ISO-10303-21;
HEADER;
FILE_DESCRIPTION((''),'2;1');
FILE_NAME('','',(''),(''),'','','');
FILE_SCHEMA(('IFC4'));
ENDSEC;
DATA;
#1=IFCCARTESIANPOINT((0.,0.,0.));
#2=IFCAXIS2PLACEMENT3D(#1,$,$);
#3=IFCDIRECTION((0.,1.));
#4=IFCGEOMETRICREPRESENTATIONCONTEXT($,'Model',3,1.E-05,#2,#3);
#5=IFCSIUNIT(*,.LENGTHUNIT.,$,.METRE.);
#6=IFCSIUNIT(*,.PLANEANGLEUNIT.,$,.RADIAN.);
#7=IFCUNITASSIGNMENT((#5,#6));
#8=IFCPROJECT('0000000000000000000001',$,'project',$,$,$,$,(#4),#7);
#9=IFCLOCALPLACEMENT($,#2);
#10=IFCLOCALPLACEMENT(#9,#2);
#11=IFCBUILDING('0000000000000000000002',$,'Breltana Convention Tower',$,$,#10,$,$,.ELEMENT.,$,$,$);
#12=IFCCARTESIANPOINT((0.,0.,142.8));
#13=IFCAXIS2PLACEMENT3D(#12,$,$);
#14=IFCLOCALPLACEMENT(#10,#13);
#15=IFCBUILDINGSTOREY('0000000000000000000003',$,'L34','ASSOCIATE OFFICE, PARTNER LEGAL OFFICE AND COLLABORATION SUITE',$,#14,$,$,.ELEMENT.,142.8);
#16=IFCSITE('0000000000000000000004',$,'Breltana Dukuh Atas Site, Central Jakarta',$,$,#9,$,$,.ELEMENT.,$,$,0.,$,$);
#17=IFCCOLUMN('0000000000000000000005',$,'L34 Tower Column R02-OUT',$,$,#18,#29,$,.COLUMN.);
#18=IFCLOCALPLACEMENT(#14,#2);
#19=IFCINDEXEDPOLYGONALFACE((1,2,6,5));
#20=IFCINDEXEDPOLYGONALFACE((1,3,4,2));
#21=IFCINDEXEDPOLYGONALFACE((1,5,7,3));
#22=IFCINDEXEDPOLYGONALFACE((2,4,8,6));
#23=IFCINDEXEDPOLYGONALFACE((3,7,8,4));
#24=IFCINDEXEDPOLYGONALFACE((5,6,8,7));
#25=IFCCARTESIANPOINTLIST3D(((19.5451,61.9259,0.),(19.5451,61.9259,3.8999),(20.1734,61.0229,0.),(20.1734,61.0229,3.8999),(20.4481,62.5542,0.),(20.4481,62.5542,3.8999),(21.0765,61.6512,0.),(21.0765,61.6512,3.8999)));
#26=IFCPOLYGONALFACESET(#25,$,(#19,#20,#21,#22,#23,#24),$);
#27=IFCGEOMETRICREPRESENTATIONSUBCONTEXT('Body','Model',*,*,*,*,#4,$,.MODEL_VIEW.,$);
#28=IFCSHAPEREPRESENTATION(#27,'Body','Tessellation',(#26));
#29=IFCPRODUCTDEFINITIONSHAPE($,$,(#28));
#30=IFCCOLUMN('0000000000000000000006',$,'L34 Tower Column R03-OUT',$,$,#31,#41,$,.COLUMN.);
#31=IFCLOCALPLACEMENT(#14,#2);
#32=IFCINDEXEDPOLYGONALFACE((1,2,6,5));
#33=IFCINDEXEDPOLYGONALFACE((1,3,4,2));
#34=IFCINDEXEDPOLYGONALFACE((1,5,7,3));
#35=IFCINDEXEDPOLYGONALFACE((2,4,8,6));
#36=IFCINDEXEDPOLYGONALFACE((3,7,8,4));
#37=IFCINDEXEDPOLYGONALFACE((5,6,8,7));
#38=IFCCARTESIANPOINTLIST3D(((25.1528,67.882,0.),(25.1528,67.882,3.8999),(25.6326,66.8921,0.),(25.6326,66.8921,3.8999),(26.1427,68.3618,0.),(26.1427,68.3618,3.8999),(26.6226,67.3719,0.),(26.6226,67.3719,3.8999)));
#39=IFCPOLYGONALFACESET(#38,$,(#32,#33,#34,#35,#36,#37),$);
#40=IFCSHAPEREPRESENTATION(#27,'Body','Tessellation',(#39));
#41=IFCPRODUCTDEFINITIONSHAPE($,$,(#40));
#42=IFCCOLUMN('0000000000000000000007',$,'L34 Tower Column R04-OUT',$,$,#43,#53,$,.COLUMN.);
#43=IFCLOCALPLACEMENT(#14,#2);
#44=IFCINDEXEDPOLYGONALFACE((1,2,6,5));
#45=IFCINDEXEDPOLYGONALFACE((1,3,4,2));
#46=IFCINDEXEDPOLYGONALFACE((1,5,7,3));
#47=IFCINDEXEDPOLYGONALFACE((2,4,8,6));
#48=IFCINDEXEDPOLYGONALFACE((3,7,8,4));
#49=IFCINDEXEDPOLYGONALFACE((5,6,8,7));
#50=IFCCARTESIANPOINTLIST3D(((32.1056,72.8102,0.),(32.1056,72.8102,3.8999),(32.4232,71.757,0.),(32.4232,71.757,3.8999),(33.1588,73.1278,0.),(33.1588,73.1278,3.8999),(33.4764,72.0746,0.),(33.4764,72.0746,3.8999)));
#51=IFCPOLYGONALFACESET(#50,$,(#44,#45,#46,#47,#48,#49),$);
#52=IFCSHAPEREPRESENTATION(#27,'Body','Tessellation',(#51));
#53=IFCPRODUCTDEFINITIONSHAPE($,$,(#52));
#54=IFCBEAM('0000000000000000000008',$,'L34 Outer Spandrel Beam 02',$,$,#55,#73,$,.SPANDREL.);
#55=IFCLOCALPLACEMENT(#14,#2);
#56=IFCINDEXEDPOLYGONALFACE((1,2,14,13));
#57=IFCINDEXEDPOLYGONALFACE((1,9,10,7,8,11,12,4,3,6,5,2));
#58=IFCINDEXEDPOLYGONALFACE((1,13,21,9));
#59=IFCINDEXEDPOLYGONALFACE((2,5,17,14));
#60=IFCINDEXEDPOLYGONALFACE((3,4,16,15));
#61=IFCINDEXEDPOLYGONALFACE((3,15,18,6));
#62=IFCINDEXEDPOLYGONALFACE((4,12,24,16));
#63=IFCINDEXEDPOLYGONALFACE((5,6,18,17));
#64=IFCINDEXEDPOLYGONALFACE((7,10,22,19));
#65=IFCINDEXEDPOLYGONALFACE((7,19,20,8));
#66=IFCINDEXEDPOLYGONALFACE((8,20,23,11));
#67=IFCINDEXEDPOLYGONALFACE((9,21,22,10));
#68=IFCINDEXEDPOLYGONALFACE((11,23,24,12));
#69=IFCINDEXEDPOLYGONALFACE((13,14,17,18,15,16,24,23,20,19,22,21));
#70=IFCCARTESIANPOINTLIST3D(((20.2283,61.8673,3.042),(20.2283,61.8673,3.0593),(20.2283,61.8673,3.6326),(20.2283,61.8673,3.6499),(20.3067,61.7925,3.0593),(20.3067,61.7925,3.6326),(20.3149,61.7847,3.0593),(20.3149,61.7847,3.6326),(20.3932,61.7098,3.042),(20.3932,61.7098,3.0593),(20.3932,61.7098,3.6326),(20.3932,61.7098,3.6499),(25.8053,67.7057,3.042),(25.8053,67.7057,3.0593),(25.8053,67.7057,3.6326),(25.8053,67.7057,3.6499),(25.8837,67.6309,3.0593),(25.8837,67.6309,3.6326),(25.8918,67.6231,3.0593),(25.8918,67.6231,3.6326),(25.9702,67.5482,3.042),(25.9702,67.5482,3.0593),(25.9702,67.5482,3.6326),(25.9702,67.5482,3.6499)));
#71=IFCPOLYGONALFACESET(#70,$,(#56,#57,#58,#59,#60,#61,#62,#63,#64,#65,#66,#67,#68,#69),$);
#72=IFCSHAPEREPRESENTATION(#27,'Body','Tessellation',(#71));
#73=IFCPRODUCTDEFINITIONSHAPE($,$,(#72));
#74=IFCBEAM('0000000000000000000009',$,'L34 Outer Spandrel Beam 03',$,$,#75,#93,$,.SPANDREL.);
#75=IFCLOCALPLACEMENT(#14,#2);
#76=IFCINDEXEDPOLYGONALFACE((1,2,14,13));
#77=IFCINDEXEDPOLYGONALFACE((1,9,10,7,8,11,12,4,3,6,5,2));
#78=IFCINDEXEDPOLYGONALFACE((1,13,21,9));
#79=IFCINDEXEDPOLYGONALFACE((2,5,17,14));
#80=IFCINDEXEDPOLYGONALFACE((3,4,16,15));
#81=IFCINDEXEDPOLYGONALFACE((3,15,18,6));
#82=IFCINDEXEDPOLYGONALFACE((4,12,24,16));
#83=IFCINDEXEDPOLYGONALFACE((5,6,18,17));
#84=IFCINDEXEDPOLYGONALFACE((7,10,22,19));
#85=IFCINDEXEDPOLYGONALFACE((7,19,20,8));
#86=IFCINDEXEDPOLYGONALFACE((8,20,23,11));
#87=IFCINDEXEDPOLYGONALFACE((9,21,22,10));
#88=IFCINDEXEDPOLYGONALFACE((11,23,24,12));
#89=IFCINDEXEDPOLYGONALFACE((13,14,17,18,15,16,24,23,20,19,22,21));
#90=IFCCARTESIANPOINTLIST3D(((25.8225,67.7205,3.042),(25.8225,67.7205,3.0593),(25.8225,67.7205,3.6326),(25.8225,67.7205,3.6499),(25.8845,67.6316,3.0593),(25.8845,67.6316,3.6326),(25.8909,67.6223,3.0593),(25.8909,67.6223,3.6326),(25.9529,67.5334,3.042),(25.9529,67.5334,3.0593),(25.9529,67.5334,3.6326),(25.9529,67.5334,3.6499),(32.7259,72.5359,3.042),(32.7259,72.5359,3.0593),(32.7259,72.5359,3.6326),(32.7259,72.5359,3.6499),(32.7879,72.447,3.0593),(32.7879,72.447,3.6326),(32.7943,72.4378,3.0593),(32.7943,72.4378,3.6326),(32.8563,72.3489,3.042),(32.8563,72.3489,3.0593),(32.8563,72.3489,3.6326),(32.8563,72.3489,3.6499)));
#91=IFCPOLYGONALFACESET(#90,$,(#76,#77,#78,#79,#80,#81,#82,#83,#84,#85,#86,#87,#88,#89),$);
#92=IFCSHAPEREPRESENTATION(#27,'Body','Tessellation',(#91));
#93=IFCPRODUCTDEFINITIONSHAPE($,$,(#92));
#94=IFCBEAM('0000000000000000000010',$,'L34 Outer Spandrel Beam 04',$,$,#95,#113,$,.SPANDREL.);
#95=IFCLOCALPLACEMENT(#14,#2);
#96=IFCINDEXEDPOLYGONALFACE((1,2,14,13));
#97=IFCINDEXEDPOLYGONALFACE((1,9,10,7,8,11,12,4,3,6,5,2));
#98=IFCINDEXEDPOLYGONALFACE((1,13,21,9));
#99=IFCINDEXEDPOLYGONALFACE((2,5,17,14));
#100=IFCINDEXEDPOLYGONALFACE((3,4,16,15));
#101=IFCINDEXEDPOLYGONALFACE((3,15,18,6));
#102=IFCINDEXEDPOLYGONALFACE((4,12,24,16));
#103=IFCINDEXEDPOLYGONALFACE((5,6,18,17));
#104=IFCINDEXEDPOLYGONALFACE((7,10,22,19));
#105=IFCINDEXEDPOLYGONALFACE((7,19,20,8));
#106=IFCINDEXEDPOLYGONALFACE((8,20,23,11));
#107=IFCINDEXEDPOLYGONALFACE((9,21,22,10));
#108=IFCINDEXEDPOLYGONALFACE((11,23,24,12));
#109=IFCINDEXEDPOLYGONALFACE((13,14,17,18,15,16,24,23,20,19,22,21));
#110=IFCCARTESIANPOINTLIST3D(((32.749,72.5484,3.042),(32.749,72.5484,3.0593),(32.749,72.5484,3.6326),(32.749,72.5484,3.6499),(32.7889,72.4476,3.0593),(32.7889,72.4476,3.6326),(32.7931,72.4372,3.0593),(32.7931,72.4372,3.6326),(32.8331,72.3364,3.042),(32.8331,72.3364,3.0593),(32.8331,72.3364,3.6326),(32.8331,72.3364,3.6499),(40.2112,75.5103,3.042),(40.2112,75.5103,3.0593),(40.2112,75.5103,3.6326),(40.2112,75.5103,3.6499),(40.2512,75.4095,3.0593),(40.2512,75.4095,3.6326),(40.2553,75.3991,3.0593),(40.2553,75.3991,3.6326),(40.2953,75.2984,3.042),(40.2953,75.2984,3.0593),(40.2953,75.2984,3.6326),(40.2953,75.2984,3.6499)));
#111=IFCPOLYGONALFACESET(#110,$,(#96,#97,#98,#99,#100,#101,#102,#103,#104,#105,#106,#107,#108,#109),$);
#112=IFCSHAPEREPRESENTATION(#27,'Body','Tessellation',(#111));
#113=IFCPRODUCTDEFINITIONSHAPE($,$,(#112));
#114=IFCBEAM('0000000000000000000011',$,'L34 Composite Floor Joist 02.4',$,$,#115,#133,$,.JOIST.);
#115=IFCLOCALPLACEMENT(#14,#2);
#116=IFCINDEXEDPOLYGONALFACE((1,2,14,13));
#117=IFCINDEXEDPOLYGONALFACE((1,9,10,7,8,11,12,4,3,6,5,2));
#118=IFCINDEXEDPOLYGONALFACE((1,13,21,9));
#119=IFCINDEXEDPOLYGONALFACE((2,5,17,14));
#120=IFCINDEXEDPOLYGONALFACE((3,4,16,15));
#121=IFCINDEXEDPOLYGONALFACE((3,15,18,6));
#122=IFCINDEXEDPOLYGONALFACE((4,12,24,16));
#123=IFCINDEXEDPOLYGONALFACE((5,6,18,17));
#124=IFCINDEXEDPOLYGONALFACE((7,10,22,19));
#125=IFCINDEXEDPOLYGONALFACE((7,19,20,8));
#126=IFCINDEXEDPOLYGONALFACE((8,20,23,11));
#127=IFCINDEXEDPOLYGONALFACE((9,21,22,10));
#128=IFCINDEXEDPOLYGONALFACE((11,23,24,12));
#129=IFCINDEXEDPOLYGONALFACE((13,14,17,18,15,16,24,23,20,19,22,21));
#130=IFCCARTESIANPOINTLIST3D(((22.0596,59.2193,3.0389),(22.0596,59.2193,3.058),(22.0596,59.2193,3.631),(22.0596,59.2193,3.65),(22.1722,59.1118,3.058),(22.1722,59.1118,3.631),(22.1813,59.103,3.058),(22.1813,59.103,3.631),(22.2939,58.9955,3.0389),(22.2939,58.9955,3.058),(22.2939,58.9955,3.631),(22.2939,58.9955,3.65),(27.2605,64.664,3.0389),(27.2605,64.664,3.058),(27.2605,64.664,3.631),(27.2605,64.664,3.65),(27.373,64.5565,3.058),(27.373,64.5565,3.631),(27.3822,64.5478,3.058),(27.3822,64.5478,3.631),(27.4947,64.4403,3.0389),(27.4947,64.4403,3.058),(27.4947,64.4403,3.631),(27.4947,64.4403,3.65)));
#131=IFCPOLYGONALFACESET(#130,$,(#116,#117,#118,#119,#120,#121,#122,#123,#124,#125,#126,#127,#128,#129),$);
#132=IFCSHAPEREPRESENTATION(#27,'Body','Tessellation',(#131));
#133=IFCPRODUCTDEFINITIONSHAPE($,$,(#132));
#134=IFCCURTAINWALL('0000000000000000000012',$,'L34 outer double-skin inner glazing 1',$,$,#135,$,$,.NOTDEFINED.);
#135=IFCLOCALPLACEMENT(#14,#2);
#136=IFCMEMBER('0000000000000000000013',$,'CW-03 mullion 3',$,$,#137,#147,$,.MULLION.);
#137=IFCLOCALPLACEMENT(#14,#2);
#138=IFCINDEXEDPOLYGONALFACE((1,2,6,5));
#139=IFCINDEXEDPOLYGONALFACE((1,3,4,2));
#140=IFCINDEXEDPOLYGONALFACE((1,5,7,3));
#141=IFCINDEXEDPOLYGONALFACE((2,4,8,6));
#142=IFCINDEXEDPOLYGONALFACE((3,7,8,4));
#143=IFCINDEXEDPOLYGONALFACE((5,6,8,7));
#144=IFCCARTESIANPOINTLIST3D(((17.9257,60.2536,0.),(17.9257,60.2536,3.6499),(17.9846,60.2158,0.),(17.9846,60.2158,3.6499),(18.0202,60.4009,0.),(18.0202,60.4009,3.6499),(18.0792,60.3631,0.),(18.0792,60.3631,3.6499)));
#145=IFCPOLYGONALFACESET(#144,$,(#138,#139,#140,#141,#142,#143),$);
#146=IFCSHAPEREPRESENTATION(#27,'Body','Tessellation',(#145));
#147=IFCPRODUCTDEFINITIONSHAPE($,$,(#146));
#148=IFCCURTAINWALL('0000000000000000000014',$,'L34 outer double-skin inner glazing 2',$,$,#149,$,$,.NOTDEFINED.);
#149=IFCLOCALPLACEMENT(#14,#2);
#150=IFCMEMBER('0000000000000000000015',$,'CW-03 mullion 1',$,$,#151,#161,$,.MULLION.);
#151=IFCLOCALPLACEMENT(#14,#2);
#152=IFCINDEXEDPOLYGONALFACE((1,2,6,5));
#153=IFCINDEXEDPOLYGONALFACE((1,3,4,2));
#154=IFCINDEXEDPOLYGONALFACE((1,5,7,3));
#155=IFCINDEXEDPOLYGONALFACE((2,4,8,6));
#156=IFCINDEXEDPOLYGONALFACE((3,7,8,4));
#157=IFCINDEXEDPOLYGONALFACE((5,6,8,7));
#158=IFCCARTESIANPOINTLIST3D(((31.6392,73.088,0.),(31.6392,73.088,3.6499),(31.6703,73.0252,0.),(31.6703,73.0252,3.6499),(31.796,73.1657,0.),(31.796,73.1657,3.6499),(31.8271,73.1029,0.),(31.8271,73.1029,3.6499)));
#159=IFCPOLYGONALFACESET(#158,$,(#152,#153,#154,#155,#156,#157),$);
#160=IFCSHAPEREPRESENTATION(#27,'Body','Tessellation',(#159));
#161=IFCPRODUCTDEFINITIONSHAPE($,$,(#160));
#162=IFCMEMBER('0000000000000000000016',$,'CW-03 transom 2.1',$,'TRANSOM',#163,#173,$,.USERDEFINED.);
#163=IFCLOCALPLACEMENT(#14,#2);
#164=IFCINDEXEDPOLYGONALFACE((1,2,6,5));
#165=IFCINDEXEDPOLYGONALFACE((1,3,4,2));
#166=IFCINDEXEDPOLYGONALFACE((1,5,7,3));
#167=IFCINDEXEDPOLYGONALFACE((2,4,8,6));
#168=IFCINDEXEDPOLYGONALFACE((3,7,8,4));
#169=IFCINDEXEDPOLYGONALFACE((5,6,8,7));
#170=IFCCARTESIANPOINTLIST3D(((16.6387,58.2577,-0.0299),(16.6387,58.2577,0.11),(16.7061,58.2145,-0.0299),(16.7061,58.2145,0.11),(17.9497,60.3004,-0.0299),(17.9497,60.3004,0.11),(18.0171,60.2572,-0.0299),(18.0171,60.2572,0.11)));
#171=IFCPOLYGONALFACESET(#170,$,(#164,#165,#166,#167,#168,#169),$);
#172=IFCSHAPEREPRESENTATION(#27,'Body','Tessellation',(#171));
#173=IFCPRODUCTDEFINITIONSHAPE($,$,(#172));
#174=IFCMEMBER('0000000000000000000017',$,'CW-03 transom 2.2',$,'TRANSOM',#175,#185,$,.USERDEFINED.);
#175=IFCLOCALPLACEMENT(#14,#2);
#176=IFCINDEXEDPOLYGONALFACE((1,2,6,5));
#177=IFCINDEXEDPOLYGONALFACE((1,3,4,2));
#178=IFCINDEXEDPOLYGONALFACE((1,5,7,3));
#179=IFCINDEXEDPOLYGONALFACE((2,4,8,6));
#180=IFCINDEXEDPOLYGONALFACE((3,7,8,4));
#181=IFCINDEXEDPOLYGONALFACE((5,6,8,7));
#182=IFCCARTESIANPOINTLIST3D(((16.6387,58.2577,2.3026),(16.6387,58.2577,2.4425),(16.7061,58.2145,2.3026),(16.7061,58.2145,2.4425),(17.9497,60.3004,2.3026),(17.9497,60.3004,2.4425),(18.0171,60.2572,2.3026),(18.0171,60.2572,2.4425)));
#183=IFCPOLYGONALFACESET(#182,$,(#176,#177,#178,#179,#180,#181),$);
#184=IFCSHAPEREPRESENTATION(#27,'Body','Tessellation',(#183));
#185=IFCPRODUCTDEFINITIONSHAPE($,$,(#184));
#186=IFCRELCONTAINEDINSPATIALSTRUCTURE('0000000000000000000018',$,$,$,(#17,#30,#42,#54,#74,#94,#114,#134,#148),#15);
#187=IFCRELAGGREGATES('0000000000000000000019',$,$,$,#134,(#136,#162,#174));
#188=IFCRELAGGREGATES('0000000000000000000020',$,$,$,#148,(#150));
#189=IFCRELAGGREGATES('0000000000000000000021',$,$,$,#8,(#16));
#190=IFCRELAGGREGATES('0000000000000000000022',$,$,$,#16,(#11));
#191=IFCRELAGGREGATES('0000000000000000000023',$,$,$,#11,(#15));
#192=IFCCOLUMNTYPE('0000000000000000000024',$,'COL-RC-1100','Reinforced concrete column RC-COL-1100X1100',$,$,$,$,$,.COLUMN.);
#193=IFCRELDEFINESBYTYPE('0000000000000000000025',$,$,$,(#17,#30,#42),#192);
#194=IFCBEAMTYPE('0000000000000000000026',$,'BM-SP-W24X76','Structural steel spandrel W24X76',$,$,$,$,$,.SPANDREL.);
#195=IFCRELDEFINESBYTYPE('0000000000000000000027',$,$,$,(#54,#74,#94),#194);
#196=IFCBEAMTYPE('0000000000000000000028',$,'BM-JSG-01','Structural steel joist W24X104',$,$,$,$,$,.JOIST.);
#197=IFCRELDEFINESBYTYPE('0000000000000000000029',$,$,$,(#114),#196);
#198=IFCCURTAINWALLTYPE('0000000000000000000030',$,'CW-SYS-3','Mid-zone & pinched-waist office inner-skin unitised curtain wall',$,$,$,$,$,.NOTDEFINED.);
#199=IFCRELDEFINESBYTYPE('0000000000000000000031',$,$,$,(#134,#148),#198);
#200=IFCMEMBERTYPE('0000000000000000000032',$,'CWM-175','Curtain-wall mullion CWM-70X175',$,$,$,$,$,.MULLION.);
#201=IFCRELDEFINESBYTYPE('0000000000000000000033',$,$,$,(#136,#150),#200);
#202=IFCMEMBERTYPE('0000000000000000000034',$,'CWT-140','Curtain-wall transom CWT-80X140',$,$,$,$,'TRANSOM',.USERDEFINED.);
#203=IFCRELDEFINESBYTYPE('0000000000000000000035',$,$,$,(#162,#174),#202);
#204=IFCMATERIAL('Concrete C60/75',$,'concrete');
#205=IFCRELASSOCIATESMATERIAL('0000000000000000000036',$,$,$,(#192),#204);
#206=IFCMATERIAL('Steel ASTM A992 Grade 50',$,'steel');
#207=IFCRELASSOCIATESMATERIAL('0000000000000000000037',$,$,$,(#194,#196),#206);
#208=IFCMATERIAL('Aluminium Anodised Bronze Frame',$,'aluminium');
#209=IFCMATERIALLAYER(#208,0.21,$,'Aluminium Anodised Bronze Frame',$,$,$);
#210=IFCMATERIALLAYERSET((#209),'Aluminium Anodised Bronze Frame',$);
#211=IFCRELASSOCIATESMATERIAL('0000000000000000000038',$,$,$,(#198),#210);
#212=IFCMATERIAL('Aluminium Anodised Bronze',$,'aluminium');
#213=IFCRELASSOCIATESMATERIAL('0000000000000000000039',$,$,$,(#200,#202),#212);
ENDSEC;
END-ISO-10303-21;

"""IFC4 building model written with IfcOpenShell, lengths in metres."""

from ifc_helpers import new_model, si_unit, direction, frame, origin, origin_2d, place, context, subcontext, project, spatial, rectangle, i_section, extrude, source, transform, mapped, material, layer, layer_set, material_profile, profile_set, type_object, element, aggregate, save


model = new_model("IFC4")

# Units and contexts
model_context = context("Model", 3, precision=1e-05, world=origin(), true_north=direction((0.0, 1.0)))
body_context = subcontext(model_context, "Body", "Model", "MODEL_VIEW")
ifc_project = project(units=[si_unit("LENGTHUNIT", "METRE"), si_unit("PLANEANGLEUNIT", "RADIAN")], contexts=[model_context])

# Site, building, storey
site_placement = place(None, origin())
site = spatial("IfcSite", under=ifc_project, at=site_placement, Name="Breltana Dukuh Atas Site, Central Jakarta", CompositionType="ELEMENT", RefElevation=0.0)
building_placement = place(site_placement, origin())
building = spatial("IfcBuilding", under=site, at=building_placement, Name="Breltana Convention Tower", CompositionType="ELEMENT")
storey_placement = place(building_placement, frame((0.0, 0.0, 142.8)))
storey = spatial("IfcBuildingStorey", under=building, at=storey_placement, Name="L34", Description="ASSOCIATE OFFICE, PARTNER LEGAL OFFICE AND COLLABORATION SUITE", CompositionType="ELEMENT", Elevation=142.8)

# Columns
ifc_material_1 = material(Name="Concrete C60/75", Category="concrete")
ifc_material_profile_1 = material_profile(ifc_material_1, rectangle(XDim=1.1001, YDim=1.1001, at=origin_2d()), Name="RC-COL-1100X1100")
ifc_profile_set_1 = profile_set([ifc_material_profile_1], Name="Concrete C60/75")
column_type = type_object("IfcColumnType", Name="COL-RC-1100", Description="Reinforced concrete column RC-COL-1100X1100", PredefinedType="COLUMN", material=ifc_profile_set_1)
shared_shape_1 = source(origin(), body_context, "Body", "SweptSolid", [
    extrude(rectangle(XDim=1.1001, YDim=1.1001, at=origin_2d()), origin(), (0.0, 0.0, 1.0), 3.8999),
])
for number, where, z_axis, x_axis, name in (
    (1, (20.3108, 61.7886, 0.0), (0.0, 0.0, 1.0), (-0.571143, 0.82085, 0.0), "L34 Tower Column R02-OUT"),
    (2, (25.8877, 67.627, 0.0), (0.0, 0.0, 1.0), (-0.436174, 0.899863, 0.0), "L34 Tower Column R03-OUT"),
    (3, (32.791, 72.4424, 0.0), (0.0, 0.0, 1.0), (-0.288698, 0.95742, 0.0), "L34 Tower Column R04-OUT"),
):
    element("IfcColumn", number, at=place(storey_placement, frame(where, z_axis=z_axis, x_axis=x_axis)), inside=storey, type_object=column_type, Name=name, PredefinedType="COLUMN", context=body_context, shape_type="MappedRepresentation", body=[
        mapped(shared_shape_1, transform((0.0, 0.0, 0.0), scale=1.0)),
    ])

# Beams
ifc_material_2 = material(Name="Steel ASTM A992 Grade 50", Category="steel")
ifc_material_profile_2 = material_profile(ifc_material_2, i_section(OverallWidth=0.228, OverallDepth=0.6079, WebThickness=0.0112, FlangeThickness=0.0173, at=origin_2d()), Name="W24X76")
ifc_profile_set_2 = profile_set([ifc_material_profile_2], Name="Steel ASTM A992 Grade 50")
beam_type_1 = type_object("IfcBeamType", Name="BM-SP-W24X76", Description="Structural steel spandrel W24X76", PredefinedType="SPANDREL", material=ifc_profile_set_2)
shared_shape_2 = source(origin(), body_context, "Body", "SweptSolid", [
    extrude(i_section(OverallWidth=0.228, OverallDepth=0.6079, WebThickness=0.0112, FlangeThickness=0.0173, at=origin_2d()), origin(), (0.0, 0.0, 1.0), 8.074),
])
beam_1_placement = place(storey_placement, frame((20.3108, 61.7886, 3.3459), z_axis=(0.690729, 0.723114, 0.0), x_axis=(-0.723114, 0.690729, 0.0)))
element("IfcBeam", 4, at=beam_1_placement, inside=storey, type_object=beam_type_1, Name="L34 Outer Spandrel Beam 02", PredefinedType="SPANDREL", context=body_context, shape_type="MappedRepresentation", body=[
    mapped(shared_shape_2, transform((0.0, 0.0, 0.0), scale=1.0)),
])
shared_shape_3 = source(origin(), body_context, "Body", "SweptSolid", [
    extrude(i_section(OverallWidth=0.228, OverallDepth=0.6079, WebThickness=0.0112, FlangeThickness=0.0173, at=origin_2d()), origin(), (0.0, 0.0, 1.0), 8.417),
])
beam_2_placement = place(storey_placement, frame((25.8877, 67.627, 3.3459), z_axis=(0.820174, 0.572114, 0.0), x_axis=(-0.572114, 0.820174, 0.0)))
element("IfcBeam", 5, at=beam_2_placement, inside=storey, type_object=beam_type_1, Name="L34 Outer Spandrel Beam 03", PredefinedType="SPANDREL", context=body_context, shape_type="MappedRepresentation", body=[
    mapped(shared_shape_3, transform((0.0, 0.0, 0.0), scale=1.0)),
])
shared_shape_4 = source(origin(), body_context, "Body", "SweptSolid", [
    extrude(i_section(OverallWidth=0.228, OverallDepth=0.6079, WebThickness=0.0112, FlangeThickness=0.0173, at=origin_2d()), origin(), (0.0, 0.0, 1.0), 8.0286),
])
beam_3_placement = place(storey_placement, frame((32.791, 72.4424, 3.3459), z_axis=(0.929459, 0.368925, 0.0), x_axis=(-0.368925, 0.929459, 0.0)))
element("IfcBeam", 6, at=beam_3_placement, inside=storey, type_object=beam_type_1, Name="L34 Outer Spandrel Beam 04", PredefinedType="SPANDREL", context=body_context, shape_type="MappedRepresentation", body=[
    mapped(shared_shape_4, transform((0.0, 0.0, 0.0), scale=1.0)),
])
ifc_material_profile_3 = material_profile(ifc_material_2, i_section(OverallWidth=0.324, OverallDepth=0.6111, WebThickness=0.0127, FlangeThickness=0.019, at=origin_2d()), Name="W24X104")
ifc_profile_set_3 = profile_set([ifc_material_profile_3], Name="Steel ASTM A992 Grade 50")
beam_type_2 = type_object("IfcBeamType", Name="BM-JSG-01", Description="Structural steel joist W24X104", PredefinedType="JOIST", material=ifc_profile_set_3)
shared_shape_5 = source(origin(), body_context, "Body", "SweptSolid", [
    extrude(i_section(OverallWidth=0.324, OverallDepth=0.6111, WebThickness=0.0127, FlangeThickness=0.019, at=origin_2d()), origin(), (0.0, 0.0, 1.0), 7.5295),
])
beam_4_placement = place(storey_placement, frame((22.1768, 59.1074, 3.3445), z_axis=(0.690726, 0.723117, 0.0), x_axis=(-0.723117, 0.690726, 0.0)))
element("IfcBeam", 7, at=beam_4_placement, inside=storey, type_object=beam_type_2, Name="L34 Composite Floor Joist 02.4", PredefinedType="JOIST", context=body_context, shape_type="MappedRepresentation", body=[
    mapped(shared_shape_5, transform((0.0, 0.0, 0.0), scale=1.0)),
])

# Curtain walls, members
ifc_material_3 = material(Name="Aluminium Anodised Bronze Frame", Category="aluminium")
ifc_layer_1 = layer(ifc_material_3, 0.21, Name="Aluminium Anodised Bronze Frame")
ifc_layer_set_1 = layer_set([ifc_layer_1], Name="Aluminium Anodised Bronze Frame")
curtain_wall_type = type_object("IfcCurtainWallType", Name="CW-SYS-3", Description="Mid-zone & pinched-waist office inner-skin unitised curtain wall", PredefinedType="NOTDEFINED", material=ifc_layer_set_1)
curtain_wall_1_placement = place(storey_placement, origin())
curtain_wall_1 = element("IfcCurtainWall", 8, at=curtain_wall_1_placement, inside=storey, type_object=curtain_wall_type, Name="L34 outer double-skin inner glazing 1", PredefinedType="NOTDEFINED")
ifc_material_4 = material(Name="Aluminium Anodised Bronze", Category="aluminium")
ifc_material_profile_4 = material_profile(ifc_material_4, rectangle(XDim=0.0701, YDim=0.175, at=origin_2d()), Name="CWM-70X175")
ifc_profile_set_4 = profile_set([ifc_material_profile_4], Name="Aluminium Anodised Bronze")
member_type_1 = type_object("IfcMemberType", Name="CWM-175", Description="Curtain-wall mullion CWM-70X175", PredefinedType="MULLION", material=ifc_profile_set_4)
shared_shape_6 = source(origin(), body_context, "Body", "SweptSolid", [
    extrude(rectangle(XDim=0.0701, YDim=0.175, at=origin_2d()), origin(), (0.0, 0.0, 1.0), 3.6499),
])
member_1_placement = place(storey_placement, frame((18.0024, 60.3083, 0.0), z_axis=(0.0, 0.0, 1.0), x_axis=(-0.841554, 0.540173, 0.0)))
member_1 = element("IfcMember", 9, at=member_1_placement, type_object=member_type_1, Name="CW-03 mullion 3", PredefinedType="MULLION", context=body_context, shape_type="MappedRepresentation", body=[
    mapped(shared_shape_6, transform((0.0, 0.0, 0.0), scale=1.0)),
])
curtain_wall_2_placement = place(storey_placement, origin())
curtain_wall_2 = element("IfcCurtainWall", 10, at=curtain_wall_2_placement, inside=storey, type_object=curtain_wall_type, Name="L34 outer double-skin inner glazing 2", PredefinedType="NOTDEFINED")
member_2_placement = place(storey_placement, frame((31.7332, 73.0955, 0.0), z_axis=(0.0, 0.0, 1.0), x_axis=(-0.444118, 0.895968, 0.0)))
member_2 = element("IfcMember", 11, at=member_2_placement, type_object=member_type_1, Name="CW-03 mullion 1", PredefinedType="MULLION", context=body_context, shape_type="MappedRepresentation", body=[
    mapped(shared_shape_6, transform((0.0, 0.0, 0.0), scale=1.0)),
])

# Members
ifc_material_profile_5 = material_profile(ifc_material_4, rectangle(XDim=0.0801, YDim=0.1399, at=origin_2d()), Name="CWT-80X140")
ifc_profile_set_5 = profile_set([ifc_material_profile_5], Name="Aluminium Anodised Bronze")
member_type_2 = type_object("IfcMemberType", Name="CWT-140", Description="Curtain-wall transom CWT-80X140", ElementType="TRANSOM", PredefinedType="USERDEFINED", material=ifc_profile_set_5)
shared_shape_7 = source(origin(), body_context, "Body", "SweptSolid", [
    extrude(rectangle(XDim=0.0801, YDim=0.1399, at=origin_2d()), origin(), (0.0, 0.0, 1.0), 2.4272),
])
member_3_placement = place(storey_placement, frame((16.6724, 58.2361, 0.04), z_axis=(0.540132, 0.84158, 0.0), x_axis=(-0.84158, 0.540132, 0.0)))
member_3 = element("IfcMember", 12, at=member_3_placement, type_object=member_type_2, Name="CW-03 transom 2.1", ObjectType="TRANSOM", PredefinedType="USERDEFINED", context=body_context, shape_type="MappedRepresentation", body=[
    mapped(shared_shape_7, transform((0.0, 0.0, 0.0), scale=1.0)),
])
member_4_placement = place(storey_placement, frame((16.6724, 58.2361, 2.3726), z_axis=(0.540132, 0.84158, 0.0), x_axis=(-0.84158, 0.540132, 0.0)))
member_4 = element("IfcMember", 13, at=member_4_placement, type_object=member_type_2, Name="CW-03 transom 2.2", ObjectType="TRANSOM", PredefinedType="USERDEFINED", context=body_context, shape_type="MappedRepresentation", body=[
    mapped(shared_shape_7, transform((0.0, 0.0, 0.0), scale=1.0)),
])

aggregate(curtain_wall_1, [member_1, member_3, member_4])
aggregate(curtain_wall_2, [member_2])

save(model, "model.ifc")
